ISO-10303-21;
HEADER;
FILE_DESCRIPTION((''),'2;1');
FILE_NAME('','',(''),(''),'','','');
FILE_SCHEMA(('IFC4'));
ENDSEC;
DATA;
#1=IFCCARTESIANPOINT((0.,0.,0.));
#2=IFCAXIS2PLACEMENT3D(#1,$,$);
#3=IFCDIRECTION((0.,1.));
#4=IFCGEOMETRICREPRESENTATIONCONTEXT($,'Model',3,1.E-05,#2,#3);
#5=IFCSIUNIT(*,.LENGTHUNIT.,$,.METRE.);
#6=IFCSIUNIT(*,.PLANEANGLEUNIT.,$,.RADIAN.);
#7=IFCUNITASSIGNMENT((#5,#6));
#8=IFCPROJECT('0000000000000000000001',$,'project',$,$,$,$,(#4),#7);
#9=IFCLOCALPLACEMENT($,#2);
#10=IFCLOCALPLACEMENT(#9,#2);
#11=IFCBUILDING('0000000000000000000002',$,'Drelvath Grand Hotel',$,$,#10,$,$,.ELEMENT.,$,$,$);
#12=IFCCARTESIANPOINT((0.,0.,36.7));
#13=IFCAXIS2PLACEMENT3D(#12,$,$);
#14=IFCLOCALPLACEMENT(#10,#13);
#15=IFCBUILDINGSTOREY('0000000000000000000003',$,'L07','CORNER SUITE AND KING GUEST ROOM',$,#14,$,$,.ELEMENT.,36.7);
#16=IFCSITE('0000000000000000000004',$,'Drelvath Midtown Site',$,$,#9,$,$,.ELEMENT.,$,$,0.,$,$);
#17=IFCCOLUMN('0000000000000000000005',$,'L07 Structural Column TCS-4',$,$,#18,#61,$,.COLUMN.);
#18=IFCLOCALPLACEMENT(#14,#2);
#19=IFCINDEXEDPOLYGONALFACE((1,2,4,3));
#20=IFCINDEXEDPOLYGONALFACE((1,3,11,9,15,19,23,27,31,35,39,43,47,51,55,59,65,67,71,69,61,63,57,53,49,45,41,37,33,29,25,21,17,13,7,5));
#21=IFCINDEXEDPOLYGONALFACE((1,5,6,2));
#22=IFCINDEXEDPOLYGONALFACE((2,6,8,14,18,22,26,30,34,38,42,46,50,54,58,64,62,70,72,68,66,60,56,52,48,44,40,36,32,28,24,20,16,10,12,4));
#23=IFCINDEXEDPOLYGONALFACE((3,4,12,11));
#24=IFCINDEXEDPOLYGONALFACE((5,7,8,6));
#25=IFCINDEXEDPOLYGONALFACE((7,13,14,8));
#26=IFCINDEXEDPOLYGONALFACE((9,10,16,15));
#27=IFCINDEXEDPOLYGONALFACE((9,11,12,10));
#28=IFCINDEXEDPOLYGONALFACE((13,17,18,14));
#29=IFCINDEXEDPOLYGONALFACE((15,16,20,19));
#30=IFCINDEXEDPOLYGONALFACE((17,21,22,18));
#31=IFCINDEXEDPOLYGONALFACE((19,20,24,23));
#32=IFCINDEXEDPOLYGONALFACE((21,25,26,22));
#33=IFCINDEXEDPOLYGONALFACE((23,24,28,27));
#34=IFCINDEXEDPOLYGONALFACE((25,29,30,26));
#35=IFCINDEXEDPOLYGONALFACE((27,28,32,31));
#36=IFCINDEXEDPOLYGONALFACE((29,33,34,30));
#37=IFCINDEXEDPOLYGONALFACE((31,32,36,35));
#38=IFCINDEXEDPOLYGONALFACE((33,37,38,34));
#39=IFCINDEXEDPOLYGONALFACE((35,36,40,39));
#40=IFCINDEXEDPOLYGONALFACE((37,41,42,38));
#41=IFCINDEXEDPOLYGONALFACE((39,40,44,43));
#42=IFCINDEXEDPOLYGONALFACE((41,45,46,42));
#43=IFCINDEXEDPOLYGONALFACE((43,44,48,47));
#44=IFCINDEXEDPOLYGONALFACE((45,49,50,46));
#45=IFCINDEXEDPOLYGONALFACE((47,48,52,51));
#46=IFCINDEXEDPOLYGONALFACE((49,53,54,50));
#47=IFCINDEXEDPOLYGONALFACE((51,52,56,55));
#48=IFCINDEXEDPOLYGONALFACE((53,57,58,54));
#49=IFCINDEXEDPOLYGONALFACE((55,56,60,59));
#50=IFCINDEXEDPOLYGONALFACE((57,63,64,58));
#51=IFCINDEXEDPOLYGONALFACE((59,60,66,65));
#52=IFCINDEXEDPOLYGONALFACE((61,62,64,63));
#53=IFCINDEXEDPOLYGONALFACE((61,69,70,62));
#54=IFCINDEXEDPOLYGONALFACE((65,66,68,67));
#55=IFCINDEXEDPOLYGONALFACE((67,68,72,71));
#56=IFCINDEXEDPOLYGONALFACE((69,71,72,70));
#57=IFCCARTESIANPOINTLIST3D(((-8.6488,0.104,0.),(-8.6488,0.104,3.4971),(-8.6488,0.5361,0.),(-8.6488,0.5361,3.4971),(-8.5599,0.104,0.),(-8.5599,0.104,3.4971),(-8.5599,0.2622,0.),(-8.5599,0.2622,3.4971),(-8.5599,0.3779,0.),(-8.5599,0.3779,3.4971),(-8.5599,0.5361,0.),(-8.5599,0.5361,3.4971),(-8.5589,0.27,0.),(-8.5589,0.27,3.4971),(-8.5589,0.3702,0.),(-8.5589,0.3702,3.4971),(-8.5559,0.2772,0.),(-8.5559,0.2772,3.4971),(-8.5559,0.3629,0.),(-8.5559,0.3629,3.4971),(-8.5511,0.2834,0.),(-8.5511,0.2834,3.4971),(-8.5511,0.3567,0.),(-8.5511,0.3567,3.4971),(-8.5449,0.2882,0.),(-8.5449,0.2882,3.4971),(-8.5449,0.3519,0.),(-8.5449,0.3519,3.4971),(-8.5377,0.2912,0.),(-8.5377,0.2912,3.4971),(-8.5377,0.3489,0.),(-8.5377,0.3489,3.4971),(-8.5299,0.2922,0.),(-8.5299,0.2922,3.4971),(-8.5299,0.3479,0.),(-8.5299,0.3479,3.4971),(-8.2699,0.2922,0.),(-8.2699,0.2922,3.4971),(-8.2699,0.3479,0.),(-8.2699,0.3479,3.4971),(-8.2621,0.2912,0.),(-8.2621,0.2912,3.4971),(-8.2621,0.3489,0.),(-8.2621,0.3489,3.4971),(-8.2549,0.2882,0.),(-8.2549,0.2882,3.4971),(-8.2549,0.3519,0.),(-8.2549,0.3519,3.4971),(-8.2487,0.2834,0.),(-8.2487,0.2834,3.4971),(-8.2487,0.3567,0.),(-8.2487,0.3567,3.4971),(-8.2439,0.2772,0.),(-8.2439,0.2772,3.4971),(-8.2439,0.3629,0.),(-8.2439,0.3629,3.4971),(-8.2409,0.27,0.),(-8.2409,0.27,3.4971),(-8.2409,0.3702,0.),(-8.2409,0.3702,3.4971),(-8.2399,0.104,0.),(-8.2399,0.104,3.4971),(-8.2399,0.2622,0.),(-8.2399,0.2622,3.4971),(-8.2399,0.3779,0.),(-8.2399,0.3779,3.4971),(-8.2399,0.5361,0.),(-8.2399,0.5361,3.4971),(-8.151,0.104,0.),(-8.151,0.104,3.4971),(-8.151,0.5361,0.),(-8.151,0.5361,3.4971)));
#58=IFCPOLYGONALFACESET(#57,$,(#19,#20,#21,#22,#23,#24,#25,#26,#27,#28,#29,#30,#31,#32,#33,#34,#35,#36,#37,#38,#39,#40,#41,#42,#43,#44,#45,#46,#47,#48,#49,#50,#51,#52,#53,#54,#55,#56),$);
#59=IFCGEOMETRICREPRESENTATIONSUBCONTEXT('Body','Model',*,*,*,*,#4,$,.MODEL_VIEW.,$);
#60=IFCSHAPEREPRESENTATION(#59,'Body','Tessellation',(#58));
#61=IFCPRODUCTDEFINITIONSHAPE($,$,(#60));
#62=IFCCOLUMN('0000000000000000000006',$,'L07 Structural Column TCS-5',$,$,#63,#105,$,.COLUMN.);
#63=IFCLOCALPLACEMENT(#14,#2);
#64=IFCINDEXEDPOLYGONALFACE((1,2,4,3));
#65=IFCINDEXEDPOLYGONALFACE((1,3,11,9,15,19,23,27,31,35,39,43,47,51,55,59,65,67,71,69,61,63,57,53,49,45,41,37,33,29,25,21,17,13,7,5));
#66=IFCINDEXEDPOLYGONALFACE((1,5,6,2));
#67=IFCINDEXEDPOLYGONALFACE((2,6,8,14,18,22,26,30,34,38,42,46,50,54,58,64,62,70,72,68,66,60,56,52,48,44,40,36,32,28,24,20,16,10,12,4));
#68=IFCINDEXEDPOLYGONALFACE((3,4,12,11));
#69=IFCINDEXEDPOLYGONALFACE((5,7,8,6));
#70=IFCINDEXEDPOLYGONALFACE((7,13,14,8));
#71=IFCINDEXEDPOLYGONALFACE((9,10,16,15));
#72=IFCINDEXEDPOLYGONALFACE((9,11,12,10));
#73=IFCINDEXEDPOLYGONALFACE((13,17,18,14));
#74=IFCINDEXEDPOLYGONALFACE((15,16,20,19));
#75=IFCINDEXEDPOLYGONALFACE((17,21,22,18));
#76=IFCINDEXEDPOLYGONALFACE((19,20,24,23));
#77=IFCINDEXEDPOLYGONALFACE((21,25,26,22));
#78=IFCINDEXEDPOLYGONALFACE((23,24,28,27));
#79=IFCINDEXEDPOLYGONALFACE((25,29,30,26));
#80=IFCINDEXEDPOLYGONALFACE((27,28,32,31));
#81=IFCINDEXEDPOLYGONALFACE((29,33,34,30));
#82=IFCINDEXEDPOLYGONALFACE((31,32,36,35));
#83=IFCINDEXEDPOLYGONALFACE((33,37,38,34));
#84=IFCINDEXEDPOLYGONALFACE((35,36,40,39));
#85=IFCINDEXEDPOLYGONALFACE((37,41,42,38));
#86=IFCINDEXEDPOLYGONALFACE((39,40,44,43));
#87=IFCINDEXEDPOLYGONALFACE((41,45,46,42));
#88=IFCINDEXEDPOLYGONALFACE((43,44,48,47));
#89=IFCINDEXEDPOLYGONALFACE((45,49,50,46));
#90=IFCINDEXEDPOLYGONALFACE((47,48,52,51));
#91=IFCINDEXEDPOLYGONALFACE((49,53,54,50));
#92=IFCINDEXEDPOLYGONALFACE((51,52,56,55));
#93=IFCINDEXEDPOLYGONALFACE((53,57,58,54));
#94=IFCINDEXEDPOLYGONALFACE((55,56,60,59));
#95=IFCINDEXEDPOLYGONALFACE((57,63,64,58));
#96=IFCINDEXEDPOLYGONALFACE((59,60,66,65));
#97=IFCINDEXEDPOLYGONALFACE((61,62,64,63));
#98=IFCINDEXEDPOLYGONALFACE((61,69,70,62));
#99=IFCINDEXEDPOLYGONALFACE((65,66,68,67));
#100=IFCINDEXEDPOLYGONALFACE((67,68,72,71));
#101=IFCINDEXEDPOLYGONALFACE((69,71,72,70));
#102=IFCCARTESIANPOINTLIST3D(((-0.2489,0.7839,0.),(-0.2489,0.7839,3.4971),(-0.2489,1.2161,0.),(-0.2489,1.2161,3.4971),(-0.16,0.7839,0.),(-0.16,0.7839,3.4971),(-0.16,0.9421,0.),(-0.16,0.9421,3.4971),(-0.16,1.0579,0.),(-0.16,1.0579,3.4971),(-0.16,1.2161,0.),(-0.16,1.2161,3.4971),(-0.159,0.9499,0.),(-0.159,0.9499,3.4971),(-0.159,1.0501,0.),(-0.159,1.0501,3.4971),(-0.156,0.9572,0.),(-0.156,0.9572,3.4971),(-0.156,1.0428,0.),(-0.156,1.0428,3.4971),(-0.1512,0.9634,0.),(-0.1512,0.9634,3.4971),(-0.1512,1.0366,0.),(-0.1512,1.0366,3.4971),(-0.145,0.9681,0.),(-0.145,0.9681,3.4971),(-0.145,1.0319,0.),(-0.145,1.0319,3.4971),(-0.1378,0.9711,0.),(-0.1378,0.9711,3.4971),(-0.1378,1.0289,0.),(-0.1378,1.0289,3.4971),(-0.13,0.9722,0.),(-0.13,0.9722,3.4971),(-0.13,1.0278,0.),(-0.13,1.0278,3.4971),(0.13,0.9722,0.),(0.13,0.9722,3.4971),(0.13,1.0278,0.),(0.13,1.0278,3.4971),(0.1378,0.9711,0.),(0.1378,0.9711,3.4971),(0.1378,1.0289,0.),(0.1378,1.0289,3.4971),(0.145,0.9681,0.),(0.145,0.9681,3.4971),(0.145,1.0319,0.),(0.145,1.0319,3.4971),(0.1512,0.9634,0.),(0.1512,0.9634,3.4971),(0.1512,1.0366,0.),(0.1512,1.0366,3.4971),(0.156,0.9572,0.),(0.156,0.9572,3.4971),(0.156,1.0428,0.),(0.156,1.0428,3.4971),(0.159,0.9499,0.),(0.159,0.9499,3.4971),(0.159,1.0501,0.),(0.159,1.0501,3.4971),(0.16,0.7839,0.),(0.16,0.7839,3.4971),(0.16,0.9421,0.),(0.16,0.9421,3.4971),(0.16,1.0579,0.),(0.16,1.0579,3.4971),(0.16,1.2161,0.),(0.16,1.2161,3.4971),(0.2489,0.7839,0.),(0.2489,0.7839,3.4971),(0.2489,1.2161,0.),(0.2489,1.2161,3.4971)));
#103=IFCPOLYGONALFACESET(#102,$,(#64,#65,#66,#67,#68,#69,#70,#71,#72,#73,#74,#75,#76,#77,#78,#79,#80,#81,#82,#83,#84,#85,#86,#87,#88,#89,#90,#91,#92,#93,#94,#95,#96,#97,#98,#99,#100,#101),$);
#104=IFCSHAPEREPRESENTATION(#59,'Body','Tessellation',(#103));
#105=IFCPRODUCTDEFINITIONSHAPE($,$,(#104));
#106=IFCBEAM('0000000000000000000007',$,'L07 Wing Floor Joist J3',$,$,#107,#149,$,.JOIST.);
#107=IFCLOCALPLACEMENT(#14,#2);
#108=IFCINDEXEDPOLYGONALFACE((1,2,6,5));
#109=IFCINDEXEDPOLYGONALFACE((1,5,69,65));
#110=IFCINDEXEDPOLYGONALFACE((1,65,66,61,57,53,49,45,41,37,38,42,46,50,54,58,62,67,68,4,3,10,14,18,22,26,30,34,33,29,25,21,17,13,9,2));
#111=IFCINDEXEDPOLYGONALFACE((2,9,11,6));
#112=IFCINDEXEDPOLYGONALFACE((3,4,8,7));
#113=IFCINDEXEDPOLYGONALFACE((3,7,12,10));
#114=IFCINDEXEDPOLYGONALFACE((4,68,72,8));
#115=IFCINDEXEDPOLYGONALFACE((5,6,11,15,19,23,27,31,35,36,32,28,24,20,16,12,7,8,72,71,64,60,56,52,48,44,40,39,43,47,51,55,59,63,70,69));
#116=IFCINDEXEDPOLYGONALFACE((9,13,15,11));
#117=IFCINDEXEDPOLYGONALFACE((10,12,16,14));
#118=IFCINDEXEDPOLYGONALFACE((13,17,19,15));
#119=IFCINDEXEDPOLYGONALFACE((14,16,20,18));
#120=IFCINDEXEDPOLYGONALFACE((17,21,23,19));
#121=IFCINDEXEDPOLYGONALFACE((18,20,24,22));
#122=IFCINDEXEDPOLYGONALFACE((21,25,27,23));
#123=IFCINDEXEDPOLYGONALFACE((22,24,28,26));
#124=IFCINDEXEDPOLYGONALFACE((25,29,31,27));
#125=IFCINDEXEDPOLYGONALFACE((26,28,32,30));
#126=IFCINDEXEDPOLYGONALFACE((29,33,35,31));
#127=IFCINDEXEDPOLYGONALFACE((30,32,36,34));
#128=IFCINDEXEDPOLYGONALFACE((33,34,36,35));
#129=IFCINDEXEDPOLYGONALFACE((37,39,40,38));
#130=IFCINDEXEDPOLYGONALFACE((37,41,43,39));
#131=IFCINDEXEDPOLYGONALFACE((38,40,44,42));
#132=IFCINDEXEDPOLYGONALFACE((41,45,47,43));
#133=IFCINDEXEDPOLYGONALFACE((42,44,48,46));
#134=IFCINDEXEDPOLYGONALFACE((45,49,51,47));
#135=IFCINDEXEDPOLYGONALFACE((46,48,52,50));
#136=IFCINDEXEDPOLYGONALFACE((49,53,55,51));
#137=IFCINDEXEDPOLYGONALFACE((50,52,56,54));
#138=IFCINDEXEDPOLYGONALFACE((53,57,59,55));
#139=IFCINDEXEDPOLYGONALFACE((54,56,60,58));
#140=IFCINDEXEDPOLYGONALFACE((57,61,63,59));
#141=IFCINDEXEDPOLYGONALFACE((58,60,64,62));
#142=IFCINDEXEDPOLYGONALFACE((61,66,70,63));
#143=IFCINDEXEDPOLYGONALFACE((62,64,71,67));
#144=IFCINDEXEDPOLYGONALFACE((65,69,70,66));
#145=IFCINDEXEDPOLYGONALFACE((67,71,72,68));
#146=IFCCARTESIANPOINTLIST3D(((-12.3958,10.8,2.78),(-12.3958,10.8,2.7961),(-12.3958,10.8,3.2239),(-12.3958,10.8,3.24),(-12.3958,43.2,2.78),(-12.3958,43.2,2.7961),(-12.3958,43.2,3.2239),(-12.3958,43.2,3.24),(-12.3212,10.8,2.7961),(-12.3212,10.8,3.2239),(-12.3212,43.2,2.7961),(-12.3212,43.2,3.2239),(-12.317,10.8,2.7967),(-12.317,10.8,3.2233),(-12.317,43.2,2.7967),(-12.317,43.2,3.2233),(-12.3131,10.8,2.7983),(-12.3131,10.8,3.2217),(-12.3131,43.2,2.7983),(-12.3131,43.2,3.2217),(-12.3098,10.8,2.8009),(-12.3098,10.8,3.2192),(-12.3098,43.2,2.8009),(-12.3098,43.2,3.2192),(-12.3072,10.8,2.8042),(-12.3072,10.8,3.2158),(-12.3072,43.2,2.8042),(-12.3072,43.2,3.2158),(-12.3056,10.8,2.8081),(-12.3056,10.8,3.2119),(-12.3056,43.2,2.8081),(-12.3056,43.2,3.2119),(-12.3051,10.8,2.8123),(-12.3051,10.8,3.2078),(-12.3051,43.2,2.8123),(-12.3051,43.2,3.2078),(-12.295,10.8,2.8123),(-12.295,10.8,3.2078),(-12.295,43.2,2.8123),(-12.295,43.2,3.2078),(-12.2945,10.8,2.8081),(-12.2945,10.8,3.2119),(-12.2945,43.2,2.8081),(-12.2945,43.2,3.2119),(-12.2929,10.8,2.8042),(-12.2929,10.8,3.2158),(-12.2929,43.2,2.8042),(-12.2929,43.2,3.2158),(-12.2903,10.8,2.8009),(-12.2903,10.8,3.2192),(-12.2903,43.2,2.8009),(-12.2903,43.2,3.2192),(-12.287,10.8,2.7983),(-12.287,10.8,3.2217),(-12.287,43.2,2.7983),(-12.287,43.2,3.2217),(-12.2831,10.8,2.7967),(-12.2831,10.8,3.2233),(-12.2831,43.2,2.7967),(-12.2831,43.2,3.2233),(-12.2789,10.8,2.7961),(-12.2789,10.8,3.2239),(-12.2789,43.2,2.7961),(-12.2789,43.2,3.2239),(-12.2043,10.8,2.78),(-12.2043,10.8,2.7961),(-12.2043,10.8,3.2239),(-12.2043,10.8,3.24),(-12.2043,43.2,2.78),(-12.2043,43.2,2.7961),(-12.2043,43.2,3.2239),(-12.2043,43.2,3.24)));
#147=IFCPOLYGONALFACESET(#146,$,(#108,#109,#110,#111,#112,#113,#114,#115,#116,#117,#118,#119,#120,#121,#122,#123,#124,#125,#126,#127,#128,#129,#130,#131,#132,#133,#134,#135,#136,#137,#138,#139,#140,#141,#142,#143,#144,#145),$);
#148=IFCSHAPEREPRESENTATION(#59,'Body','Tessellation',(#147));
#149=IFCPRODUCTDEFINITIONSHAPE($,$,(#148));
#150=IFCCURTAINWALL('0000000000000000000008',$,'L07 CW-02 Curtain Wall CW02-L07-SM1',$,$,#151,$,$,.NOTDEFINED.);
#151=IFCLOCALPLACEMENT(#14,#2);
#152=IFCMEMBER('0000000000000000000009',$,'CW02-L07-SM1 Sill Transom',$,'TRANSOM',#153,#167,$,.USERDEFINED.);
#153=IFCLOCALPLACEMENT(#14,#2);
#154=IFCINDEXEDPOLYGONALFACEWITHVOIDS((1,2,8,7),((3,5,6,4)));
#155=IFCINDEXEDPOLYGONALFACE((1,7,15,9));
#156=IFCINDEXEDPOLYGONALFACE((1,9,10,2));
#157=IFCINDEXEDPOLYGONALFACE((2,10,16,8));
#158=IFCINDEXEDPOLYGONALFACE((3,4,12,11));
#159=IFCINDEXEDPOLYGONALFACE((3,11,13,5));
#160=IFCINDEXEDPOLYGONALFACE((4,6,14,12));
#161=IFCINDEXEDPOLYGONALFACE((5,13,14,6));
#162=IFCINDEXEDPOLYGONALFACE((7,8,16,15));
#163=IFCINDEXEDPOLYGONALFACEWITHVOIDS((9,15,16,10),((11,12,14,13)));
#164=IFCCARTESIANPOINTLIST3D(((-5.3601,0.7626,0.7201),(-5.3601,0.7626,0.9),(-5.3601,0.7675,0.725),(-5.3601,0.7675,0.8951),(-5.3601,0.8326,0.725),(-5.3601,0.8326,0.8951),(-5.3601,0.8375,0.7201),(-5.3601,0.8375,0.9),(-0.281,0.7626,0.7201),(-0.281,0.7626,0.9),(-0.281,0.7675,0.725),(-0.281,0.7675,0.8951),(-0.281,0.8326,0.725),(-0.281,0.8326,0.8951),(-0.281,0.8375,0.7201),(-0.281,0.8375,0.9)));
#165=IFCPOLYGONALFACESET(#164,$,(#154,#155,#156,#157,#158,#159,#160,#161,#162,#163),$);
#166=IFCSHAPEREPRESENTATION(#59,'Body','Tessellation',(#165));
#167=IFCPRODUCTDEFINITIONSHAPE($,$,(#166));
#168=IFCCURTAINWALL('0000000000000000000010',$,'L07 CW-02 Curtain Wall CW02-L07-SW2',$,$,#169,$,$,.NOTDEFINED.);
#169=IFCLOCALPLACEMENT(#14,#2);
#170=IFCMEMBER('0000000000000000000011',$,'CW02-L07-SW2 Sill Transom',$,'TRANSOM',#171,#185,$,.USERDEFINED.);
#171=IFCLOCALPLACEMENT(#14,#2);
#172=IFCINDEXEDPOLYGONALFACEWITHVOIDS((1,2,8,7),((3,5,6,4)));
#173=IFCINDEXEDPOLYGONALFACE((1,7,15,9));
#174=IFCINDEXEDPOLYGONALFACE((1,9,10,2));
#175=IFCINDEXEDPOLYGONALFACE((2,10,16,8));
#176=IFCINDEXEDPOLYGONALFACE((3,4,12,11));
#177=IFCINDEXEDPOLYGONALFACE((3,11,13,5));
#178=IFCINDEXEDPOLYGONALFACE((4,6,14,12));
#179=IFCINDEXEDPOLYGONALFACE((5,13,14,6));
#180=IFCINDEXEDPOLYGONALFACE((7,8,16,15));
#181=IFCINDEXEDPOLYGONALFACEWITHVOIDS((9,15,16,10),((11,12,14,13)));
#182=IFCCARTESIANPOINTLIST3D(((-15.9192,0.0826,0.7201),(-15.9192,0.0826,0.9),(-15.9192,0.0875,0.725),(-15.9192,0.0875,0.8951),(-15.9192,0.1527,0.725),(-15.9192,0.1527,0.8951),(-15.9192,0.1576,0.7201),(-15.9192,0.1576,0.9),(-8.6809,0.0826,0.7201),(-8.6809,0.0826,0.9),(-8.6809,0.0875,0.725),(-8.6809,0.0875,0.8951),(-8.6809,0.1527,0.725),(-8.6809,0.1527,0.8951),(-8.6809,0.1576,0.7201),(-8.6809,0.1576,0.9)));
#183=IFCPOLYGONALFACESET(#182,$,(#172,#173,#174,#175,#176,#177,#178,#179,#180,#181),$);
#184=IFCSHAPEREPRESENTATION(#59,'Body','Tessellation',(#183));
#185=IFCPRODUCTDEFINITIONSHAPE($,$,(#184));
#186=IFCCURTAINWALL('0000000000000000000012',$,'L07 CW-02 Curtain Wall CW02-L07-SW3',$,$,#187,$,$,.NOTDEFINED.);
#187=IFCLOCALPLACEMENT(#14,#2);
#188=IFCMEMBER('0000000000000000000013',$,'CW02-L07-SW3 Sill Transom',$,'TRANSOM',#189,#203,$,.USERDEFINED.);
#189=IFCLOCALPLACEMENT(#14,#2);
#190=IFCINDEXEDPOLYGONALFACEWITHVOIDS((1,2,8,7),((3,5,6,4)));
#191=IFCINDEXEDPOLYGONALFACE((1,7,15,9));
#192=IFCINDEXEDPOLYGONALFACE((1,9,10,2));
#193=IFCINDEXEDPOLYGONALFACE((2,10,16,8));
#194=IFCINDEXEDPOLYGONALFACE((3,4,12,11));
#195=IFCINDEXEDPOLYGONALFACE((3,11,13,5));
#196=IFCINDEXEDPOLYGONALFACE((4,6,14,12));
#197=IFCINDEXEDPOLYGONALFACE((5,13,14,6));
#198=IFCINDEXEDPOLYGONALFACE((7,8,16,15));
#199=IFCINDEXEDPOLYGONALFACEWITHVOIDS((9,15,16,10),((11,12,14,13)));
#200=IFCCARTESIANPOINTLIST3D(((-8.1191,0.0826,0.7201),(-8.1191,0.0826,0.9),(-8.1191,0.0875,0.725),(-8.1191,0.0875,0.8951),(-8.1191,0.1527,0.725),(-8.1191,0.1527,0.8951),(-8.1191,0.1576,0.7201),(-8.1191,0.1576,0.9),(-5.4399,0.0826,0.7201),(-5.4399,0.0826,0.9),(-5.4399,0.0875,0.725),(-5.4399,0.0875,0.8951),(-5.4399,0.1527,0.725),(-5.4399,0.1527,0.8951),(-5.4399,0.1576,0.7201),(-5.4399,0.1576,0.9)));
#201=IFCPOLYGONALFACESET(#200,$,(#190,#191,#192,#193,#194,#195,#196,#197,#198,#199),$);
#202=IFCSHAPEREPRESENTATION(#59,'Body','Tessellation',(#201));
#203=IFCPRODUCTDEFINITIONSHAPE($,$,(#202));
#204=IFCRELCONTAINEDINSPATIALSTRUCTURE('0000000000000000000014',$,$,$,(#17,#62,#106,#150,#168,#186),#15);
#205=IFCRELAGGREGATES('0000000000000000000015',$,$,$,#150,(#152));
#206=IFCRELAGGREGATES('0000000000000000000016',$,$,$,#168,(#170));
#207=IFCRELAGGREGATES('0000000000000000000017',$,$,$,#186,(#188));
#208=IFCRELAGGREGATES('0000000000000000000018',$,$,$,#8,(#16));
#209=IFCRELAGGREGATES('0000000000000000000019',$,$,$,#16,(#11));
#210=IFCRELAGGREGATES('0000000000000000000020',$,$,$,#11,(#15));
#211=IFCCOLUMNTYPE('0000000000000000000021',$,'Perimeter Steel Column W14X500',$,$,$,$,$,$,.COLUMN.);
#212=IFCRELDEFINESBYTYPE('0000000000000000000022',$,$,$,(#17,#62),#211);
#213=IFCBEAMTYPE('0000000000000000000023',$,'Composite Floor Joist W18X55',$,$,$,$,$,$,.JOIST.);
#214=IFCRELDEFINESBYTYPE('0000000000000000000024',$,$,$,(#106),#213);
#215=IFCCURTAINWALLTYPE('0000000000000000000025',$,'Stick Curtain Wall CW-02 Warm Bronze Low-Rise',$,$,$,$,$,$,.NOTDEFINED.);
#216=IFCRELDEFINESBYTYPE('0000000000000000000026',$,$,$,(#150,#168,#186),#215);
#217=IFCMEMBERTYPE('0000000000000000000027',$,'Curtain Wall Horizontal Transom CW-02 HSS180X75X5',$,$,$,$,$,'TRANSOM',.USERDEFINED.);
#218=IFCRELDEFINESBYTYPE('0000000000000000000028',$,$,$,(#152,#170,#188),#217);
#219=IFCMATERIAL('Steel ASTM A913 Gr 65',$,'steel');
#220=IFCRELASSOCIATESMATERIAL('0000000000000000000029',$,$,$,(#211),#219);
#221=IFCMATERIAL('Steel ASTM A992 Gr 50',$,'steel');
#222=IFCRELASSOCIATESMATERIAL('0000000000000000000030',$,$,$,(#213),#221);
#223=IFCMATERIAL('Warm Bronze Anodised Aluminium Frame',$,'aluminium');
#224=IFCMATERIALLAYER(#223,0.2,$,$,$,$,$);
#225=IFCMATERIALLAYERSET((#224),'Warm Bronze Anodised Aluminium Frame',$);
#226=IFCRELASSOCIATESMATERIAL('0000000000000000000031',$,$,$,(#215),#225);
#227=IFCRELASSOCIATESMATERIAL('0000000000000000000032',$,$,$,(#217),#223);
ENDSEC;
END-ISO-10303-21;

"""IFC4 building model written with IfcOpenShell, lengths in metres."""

from ifc_helpers import new_model, si_unit, direction, frame, origin, origin_2d, place, context, subcontext, project, spatial, hollow_rectangle, i_section, extrude, material, layer, layer_set, material_profile, profile_set, type_object, element, aggregate, save


model = new_model("IFC4")

# Units and contexts
model_context = context("Model", 3, precision=1e-05, world=origin(), true_north=direction((0.0, 1.0)))
body_context = subcontext(model_context, "Body", "Model", "MODEL_VIEW")
ifc_project = project(units=[si_unit("LENGTHUNIT", "METRE"), si_unit("PLANEANGLEUNIT", "RADIAN")], contexts=[model_context])

# Site, building, storey
site_placement = place(None, origin())
site = spatial("IfcSite", under=ifc_project, at=site_placement, Name="Drelvath Midtown Site", CompositionType="ELEMENT", RefElevation=0.0)
building_placement = place(site_placement, origin())
building = spatial("IfcBuilding", under=site, at=building_placement, Name="Drelvath Grand Hotel", CompositionType="ELEMENT")
storey_placement = place(building_placement, frame((0.0, 0.0, 36.7)))
storey = spatial("IfcBuildingStorey", under=building, at=storey_placement, Name="L07", Description="CORNER SUITE AND KING GUEST ROOM", CompositionType="ELEMENT", Elevation=36.7)

# Columns
ifc_material_1 = material(Name="Steel ASTM A913 Gr 65", Category="steel")
ifc_material_profile_1 = material_profile(ifc_material_1, i_section(OverallWidth=0.4321, OverallDepth=0.4978, WebThickness=0.0557, FlangeThickness=0.0889, FilletRadius=0.03, at=origin_2d()), Name="W14X500")
ifc_profile_set_1 = profile_set([ifc_material_profile_1], Name="Steel ASTM A913 Gr 65")
column_type = type_object("IfcColumnType", Name="Perimeter Steel Column W14X500", PredefinedType="COLUMN", material=ifc_profile_set_1)
for number, where, z_axis, x_axis, name in (
    (1, (-8.3999, 0.3201, 0.0), (0.0, 0.0, 1.0), (0.0, 1.0, 0.0), "L07 Structural Column TCS-4"),
    (2, (0.0, 1.0, 0.0), (0.0, 0.0, 1.0), (0.0, 1.0, 0.0), "L07 Structural Column TCS-5"),
):
    element("IfcColumn", number, at=place(storey_placement, frame(where, z_axis=z_axis, x_axis=x_axis)), inside=storey, type_object=column_type, Name=name, PredefinedType="COLUMN", context=body_context, shape_type="SweptSolid", body=[
        extrude(i_section(OverallWidth=0.4321, OverallDepth=0.4978, WebThickness=0.0557, FlangeThickness=0.0889, FilletRadius=0.03, at=origin_2d()), origin(), (0.0, 0.0, 1.0), 3.4971),
    ])

# Beam
ifc_material_2 = material(Name="Steel ASTM A992 Gr 50", Category="steel")
ifc_material_profile_2 = material_profile(ifc_material_2, i_section(OverallWidth=0.1914, OverallDepth=0.46, WebThickness=0.01, FlangeThickness=0.0161, FilletRadius=0.0161, at=origin_2d()), Name="W18X55")
ifc_profile_set_2 = profile_set([ifc_material_profile_2], Name="Steel ASTM A992 Gr 50")
beam_type_1 = type_object("IfcBeamType", Name="Composite Floor Joist W18X55", PredefinedType="JOIST", material=ifc_profile_set_2)
beam_1_placement = place(storey_placement, frame((-12.3, 10.8, 3.01), z_axis=(0.0, 1.0, 0.0), x_axis=(-1.0, 0.0, 0.0)))
element("IfcBeam", 3, at=beam_1_placement, inside=storey, type_object=beam_type_1, Name="L07 Wing Floor Joist J3", PredefinedType="JOIST", context=body_context, shape_type="SweptSolid", body=[
    extrude(i_section(OverallWidth=0.1914, OverallDepth=0.46, WebThickness=0.01, FlangeThickness=0.0161, FilletRadius=0.0161, at=origin_2d()), origin(), (0.0, 0.0, 1.0), 32.3999),
])

# Curtain walls, members
ifc_material_3 = material(Name="Warm Bronze Anodised Aluminium Frame", Category="aluminium")
ifc_layer_1 = layer(ifc_material_3, 0.2)
ifc_layer_set_1 = layer_set([ifc_layer_1], Name="Warm Bronze Anodised Aluminium Frame")
curtain_wall_type = type_object("IfcCurtainWallType", Name="Stick Curtain Wall CW-02 Warm Bronze Low-Rise", PredefinedType="NOTDEFINED", material=ifc_layer_set_1)
curtain_wall_1_placement = place(storey_placement, origin())
curtain_wall_1 = element("IfcCurtainWall", 4, at=curtain_wall_1_placement, inside=storey, type_object=curtain_wall_type, Name="L07 CW-02 Curtain Wall CW02-L07-SM1", PredefinedType="NOTDEFINED")
ifc_material_profile_3 = material_profile(ifc_material_3, hollow_rectangle(XDim=0.075, YDim=0.1799, WallThickness=0.0049, at=origin_2d()), Name="HSS180X75X5")
ifc_profile_set_3 = profile_set([ifc_material_profile_3], Name="Warm Bronze Anodised Aluminium Frame")
member_type_1 = type_object("IfcMemberType", Name="Curtain Wall Horizontal Transom CW-02 HSS180X75X5", ElementType="TRANSOM", PredefinedType="USERDEFINED", material=ifc_profile_set_3)
member_1_placement = place(storey_placement, frame((-0.281, 0.8, 0.8101), z_axis=(-1.0, 0.0, 0.0), x_axis=(0.0, -1.0, 0.0)))
member_1 = element("IfcMember", 5, at=member_1_placement, type_object=member_type_1, Name="CW02-L07-SM1 Sill Transom", ObjectType="TRANSOM", PredefinedType="USERDEFINED", context=body_context, shape_type="SweptSolid", body=[
    extrude(hollow_rectangle(XDim=0.075, YDim=0.1799, WallThickness=0.0049, at=origin_2d()), origin(), (0.0, 0.0, 1.0), 5.0791),
])
curtain_wall_2_placement = place(storey_placement, origin())
curtain_wall_2 = element("IfcCurtainWall", 6, at=curtain_wall_2_placement, inside=storey, type_object=curtain_wall_type, Name="L07 CW-02 Curtain Wall CW02-L07-SW2", PredefinedType="NOTDEFINED")
member_2_placement = place(storey_placement, frame((-8.6809, 0.1201, 0.8101), z_axis=(-1.0, 0.0, 0.0), x_axis=(0.0, -1.0, 0.0)))
member_2 = element("IfcMember", 7, at=member_2_placement, type_object=member_type_1, Name="CW02-L07-SW2 Sill Transom", ObjectType="TRANSOM", PredefinedType="USERDEFINED", context=body_context, shape_type="SweptSolid", body=[
    extrude(hollow_rectangle(XDim=0.075, YDim=0.1799, WallThickness=0.0049, at=origin_2d()), origin(), (0.0, 0.0, 1.0), 7.2383),
])
curtain_wall_3_placement = place(storey_placement, origin())
curtain_wall_3 = element("IfcCurtainWall", 8, at=curtain_wall_3_placement, inside=storey, type_object=curtain_wall_type, Name="L07 CW-02 Curtain Wall CW02-L07-SW3", PredefinedType="NOTDEFINED")
member_3_placement = place(storey_placement, frame((-5.4399, 0.1201, 0.8101), z_axis=(-1.0, 0.0, 0.0), x_axis=(0.0, -1.0, 0.0)))
member_3 = element("IfcMember", 9, at=member_3_placement, type_object=member_type_1, Name="CW02-L07-SW3 Sill Transom", ObjectType="TRANSOM", PredefinedType="USERDEFINED", context=body_context, shape_type="SweptSolid", body=[
    extrude(hollow_rectangle(XDim=0.075, YDim=0.1799, WallThickness=0.0049, at=origin_2d()), origin(), (0.0, 0.0, 1.0), 2.6792),
])

aggregate(curtain_wall_1, [member_1])
aggregate(curtain_wall_2, [member_2])
aggregate(curtain_wall_3, [member_3])

save(model, "model.ifc")
